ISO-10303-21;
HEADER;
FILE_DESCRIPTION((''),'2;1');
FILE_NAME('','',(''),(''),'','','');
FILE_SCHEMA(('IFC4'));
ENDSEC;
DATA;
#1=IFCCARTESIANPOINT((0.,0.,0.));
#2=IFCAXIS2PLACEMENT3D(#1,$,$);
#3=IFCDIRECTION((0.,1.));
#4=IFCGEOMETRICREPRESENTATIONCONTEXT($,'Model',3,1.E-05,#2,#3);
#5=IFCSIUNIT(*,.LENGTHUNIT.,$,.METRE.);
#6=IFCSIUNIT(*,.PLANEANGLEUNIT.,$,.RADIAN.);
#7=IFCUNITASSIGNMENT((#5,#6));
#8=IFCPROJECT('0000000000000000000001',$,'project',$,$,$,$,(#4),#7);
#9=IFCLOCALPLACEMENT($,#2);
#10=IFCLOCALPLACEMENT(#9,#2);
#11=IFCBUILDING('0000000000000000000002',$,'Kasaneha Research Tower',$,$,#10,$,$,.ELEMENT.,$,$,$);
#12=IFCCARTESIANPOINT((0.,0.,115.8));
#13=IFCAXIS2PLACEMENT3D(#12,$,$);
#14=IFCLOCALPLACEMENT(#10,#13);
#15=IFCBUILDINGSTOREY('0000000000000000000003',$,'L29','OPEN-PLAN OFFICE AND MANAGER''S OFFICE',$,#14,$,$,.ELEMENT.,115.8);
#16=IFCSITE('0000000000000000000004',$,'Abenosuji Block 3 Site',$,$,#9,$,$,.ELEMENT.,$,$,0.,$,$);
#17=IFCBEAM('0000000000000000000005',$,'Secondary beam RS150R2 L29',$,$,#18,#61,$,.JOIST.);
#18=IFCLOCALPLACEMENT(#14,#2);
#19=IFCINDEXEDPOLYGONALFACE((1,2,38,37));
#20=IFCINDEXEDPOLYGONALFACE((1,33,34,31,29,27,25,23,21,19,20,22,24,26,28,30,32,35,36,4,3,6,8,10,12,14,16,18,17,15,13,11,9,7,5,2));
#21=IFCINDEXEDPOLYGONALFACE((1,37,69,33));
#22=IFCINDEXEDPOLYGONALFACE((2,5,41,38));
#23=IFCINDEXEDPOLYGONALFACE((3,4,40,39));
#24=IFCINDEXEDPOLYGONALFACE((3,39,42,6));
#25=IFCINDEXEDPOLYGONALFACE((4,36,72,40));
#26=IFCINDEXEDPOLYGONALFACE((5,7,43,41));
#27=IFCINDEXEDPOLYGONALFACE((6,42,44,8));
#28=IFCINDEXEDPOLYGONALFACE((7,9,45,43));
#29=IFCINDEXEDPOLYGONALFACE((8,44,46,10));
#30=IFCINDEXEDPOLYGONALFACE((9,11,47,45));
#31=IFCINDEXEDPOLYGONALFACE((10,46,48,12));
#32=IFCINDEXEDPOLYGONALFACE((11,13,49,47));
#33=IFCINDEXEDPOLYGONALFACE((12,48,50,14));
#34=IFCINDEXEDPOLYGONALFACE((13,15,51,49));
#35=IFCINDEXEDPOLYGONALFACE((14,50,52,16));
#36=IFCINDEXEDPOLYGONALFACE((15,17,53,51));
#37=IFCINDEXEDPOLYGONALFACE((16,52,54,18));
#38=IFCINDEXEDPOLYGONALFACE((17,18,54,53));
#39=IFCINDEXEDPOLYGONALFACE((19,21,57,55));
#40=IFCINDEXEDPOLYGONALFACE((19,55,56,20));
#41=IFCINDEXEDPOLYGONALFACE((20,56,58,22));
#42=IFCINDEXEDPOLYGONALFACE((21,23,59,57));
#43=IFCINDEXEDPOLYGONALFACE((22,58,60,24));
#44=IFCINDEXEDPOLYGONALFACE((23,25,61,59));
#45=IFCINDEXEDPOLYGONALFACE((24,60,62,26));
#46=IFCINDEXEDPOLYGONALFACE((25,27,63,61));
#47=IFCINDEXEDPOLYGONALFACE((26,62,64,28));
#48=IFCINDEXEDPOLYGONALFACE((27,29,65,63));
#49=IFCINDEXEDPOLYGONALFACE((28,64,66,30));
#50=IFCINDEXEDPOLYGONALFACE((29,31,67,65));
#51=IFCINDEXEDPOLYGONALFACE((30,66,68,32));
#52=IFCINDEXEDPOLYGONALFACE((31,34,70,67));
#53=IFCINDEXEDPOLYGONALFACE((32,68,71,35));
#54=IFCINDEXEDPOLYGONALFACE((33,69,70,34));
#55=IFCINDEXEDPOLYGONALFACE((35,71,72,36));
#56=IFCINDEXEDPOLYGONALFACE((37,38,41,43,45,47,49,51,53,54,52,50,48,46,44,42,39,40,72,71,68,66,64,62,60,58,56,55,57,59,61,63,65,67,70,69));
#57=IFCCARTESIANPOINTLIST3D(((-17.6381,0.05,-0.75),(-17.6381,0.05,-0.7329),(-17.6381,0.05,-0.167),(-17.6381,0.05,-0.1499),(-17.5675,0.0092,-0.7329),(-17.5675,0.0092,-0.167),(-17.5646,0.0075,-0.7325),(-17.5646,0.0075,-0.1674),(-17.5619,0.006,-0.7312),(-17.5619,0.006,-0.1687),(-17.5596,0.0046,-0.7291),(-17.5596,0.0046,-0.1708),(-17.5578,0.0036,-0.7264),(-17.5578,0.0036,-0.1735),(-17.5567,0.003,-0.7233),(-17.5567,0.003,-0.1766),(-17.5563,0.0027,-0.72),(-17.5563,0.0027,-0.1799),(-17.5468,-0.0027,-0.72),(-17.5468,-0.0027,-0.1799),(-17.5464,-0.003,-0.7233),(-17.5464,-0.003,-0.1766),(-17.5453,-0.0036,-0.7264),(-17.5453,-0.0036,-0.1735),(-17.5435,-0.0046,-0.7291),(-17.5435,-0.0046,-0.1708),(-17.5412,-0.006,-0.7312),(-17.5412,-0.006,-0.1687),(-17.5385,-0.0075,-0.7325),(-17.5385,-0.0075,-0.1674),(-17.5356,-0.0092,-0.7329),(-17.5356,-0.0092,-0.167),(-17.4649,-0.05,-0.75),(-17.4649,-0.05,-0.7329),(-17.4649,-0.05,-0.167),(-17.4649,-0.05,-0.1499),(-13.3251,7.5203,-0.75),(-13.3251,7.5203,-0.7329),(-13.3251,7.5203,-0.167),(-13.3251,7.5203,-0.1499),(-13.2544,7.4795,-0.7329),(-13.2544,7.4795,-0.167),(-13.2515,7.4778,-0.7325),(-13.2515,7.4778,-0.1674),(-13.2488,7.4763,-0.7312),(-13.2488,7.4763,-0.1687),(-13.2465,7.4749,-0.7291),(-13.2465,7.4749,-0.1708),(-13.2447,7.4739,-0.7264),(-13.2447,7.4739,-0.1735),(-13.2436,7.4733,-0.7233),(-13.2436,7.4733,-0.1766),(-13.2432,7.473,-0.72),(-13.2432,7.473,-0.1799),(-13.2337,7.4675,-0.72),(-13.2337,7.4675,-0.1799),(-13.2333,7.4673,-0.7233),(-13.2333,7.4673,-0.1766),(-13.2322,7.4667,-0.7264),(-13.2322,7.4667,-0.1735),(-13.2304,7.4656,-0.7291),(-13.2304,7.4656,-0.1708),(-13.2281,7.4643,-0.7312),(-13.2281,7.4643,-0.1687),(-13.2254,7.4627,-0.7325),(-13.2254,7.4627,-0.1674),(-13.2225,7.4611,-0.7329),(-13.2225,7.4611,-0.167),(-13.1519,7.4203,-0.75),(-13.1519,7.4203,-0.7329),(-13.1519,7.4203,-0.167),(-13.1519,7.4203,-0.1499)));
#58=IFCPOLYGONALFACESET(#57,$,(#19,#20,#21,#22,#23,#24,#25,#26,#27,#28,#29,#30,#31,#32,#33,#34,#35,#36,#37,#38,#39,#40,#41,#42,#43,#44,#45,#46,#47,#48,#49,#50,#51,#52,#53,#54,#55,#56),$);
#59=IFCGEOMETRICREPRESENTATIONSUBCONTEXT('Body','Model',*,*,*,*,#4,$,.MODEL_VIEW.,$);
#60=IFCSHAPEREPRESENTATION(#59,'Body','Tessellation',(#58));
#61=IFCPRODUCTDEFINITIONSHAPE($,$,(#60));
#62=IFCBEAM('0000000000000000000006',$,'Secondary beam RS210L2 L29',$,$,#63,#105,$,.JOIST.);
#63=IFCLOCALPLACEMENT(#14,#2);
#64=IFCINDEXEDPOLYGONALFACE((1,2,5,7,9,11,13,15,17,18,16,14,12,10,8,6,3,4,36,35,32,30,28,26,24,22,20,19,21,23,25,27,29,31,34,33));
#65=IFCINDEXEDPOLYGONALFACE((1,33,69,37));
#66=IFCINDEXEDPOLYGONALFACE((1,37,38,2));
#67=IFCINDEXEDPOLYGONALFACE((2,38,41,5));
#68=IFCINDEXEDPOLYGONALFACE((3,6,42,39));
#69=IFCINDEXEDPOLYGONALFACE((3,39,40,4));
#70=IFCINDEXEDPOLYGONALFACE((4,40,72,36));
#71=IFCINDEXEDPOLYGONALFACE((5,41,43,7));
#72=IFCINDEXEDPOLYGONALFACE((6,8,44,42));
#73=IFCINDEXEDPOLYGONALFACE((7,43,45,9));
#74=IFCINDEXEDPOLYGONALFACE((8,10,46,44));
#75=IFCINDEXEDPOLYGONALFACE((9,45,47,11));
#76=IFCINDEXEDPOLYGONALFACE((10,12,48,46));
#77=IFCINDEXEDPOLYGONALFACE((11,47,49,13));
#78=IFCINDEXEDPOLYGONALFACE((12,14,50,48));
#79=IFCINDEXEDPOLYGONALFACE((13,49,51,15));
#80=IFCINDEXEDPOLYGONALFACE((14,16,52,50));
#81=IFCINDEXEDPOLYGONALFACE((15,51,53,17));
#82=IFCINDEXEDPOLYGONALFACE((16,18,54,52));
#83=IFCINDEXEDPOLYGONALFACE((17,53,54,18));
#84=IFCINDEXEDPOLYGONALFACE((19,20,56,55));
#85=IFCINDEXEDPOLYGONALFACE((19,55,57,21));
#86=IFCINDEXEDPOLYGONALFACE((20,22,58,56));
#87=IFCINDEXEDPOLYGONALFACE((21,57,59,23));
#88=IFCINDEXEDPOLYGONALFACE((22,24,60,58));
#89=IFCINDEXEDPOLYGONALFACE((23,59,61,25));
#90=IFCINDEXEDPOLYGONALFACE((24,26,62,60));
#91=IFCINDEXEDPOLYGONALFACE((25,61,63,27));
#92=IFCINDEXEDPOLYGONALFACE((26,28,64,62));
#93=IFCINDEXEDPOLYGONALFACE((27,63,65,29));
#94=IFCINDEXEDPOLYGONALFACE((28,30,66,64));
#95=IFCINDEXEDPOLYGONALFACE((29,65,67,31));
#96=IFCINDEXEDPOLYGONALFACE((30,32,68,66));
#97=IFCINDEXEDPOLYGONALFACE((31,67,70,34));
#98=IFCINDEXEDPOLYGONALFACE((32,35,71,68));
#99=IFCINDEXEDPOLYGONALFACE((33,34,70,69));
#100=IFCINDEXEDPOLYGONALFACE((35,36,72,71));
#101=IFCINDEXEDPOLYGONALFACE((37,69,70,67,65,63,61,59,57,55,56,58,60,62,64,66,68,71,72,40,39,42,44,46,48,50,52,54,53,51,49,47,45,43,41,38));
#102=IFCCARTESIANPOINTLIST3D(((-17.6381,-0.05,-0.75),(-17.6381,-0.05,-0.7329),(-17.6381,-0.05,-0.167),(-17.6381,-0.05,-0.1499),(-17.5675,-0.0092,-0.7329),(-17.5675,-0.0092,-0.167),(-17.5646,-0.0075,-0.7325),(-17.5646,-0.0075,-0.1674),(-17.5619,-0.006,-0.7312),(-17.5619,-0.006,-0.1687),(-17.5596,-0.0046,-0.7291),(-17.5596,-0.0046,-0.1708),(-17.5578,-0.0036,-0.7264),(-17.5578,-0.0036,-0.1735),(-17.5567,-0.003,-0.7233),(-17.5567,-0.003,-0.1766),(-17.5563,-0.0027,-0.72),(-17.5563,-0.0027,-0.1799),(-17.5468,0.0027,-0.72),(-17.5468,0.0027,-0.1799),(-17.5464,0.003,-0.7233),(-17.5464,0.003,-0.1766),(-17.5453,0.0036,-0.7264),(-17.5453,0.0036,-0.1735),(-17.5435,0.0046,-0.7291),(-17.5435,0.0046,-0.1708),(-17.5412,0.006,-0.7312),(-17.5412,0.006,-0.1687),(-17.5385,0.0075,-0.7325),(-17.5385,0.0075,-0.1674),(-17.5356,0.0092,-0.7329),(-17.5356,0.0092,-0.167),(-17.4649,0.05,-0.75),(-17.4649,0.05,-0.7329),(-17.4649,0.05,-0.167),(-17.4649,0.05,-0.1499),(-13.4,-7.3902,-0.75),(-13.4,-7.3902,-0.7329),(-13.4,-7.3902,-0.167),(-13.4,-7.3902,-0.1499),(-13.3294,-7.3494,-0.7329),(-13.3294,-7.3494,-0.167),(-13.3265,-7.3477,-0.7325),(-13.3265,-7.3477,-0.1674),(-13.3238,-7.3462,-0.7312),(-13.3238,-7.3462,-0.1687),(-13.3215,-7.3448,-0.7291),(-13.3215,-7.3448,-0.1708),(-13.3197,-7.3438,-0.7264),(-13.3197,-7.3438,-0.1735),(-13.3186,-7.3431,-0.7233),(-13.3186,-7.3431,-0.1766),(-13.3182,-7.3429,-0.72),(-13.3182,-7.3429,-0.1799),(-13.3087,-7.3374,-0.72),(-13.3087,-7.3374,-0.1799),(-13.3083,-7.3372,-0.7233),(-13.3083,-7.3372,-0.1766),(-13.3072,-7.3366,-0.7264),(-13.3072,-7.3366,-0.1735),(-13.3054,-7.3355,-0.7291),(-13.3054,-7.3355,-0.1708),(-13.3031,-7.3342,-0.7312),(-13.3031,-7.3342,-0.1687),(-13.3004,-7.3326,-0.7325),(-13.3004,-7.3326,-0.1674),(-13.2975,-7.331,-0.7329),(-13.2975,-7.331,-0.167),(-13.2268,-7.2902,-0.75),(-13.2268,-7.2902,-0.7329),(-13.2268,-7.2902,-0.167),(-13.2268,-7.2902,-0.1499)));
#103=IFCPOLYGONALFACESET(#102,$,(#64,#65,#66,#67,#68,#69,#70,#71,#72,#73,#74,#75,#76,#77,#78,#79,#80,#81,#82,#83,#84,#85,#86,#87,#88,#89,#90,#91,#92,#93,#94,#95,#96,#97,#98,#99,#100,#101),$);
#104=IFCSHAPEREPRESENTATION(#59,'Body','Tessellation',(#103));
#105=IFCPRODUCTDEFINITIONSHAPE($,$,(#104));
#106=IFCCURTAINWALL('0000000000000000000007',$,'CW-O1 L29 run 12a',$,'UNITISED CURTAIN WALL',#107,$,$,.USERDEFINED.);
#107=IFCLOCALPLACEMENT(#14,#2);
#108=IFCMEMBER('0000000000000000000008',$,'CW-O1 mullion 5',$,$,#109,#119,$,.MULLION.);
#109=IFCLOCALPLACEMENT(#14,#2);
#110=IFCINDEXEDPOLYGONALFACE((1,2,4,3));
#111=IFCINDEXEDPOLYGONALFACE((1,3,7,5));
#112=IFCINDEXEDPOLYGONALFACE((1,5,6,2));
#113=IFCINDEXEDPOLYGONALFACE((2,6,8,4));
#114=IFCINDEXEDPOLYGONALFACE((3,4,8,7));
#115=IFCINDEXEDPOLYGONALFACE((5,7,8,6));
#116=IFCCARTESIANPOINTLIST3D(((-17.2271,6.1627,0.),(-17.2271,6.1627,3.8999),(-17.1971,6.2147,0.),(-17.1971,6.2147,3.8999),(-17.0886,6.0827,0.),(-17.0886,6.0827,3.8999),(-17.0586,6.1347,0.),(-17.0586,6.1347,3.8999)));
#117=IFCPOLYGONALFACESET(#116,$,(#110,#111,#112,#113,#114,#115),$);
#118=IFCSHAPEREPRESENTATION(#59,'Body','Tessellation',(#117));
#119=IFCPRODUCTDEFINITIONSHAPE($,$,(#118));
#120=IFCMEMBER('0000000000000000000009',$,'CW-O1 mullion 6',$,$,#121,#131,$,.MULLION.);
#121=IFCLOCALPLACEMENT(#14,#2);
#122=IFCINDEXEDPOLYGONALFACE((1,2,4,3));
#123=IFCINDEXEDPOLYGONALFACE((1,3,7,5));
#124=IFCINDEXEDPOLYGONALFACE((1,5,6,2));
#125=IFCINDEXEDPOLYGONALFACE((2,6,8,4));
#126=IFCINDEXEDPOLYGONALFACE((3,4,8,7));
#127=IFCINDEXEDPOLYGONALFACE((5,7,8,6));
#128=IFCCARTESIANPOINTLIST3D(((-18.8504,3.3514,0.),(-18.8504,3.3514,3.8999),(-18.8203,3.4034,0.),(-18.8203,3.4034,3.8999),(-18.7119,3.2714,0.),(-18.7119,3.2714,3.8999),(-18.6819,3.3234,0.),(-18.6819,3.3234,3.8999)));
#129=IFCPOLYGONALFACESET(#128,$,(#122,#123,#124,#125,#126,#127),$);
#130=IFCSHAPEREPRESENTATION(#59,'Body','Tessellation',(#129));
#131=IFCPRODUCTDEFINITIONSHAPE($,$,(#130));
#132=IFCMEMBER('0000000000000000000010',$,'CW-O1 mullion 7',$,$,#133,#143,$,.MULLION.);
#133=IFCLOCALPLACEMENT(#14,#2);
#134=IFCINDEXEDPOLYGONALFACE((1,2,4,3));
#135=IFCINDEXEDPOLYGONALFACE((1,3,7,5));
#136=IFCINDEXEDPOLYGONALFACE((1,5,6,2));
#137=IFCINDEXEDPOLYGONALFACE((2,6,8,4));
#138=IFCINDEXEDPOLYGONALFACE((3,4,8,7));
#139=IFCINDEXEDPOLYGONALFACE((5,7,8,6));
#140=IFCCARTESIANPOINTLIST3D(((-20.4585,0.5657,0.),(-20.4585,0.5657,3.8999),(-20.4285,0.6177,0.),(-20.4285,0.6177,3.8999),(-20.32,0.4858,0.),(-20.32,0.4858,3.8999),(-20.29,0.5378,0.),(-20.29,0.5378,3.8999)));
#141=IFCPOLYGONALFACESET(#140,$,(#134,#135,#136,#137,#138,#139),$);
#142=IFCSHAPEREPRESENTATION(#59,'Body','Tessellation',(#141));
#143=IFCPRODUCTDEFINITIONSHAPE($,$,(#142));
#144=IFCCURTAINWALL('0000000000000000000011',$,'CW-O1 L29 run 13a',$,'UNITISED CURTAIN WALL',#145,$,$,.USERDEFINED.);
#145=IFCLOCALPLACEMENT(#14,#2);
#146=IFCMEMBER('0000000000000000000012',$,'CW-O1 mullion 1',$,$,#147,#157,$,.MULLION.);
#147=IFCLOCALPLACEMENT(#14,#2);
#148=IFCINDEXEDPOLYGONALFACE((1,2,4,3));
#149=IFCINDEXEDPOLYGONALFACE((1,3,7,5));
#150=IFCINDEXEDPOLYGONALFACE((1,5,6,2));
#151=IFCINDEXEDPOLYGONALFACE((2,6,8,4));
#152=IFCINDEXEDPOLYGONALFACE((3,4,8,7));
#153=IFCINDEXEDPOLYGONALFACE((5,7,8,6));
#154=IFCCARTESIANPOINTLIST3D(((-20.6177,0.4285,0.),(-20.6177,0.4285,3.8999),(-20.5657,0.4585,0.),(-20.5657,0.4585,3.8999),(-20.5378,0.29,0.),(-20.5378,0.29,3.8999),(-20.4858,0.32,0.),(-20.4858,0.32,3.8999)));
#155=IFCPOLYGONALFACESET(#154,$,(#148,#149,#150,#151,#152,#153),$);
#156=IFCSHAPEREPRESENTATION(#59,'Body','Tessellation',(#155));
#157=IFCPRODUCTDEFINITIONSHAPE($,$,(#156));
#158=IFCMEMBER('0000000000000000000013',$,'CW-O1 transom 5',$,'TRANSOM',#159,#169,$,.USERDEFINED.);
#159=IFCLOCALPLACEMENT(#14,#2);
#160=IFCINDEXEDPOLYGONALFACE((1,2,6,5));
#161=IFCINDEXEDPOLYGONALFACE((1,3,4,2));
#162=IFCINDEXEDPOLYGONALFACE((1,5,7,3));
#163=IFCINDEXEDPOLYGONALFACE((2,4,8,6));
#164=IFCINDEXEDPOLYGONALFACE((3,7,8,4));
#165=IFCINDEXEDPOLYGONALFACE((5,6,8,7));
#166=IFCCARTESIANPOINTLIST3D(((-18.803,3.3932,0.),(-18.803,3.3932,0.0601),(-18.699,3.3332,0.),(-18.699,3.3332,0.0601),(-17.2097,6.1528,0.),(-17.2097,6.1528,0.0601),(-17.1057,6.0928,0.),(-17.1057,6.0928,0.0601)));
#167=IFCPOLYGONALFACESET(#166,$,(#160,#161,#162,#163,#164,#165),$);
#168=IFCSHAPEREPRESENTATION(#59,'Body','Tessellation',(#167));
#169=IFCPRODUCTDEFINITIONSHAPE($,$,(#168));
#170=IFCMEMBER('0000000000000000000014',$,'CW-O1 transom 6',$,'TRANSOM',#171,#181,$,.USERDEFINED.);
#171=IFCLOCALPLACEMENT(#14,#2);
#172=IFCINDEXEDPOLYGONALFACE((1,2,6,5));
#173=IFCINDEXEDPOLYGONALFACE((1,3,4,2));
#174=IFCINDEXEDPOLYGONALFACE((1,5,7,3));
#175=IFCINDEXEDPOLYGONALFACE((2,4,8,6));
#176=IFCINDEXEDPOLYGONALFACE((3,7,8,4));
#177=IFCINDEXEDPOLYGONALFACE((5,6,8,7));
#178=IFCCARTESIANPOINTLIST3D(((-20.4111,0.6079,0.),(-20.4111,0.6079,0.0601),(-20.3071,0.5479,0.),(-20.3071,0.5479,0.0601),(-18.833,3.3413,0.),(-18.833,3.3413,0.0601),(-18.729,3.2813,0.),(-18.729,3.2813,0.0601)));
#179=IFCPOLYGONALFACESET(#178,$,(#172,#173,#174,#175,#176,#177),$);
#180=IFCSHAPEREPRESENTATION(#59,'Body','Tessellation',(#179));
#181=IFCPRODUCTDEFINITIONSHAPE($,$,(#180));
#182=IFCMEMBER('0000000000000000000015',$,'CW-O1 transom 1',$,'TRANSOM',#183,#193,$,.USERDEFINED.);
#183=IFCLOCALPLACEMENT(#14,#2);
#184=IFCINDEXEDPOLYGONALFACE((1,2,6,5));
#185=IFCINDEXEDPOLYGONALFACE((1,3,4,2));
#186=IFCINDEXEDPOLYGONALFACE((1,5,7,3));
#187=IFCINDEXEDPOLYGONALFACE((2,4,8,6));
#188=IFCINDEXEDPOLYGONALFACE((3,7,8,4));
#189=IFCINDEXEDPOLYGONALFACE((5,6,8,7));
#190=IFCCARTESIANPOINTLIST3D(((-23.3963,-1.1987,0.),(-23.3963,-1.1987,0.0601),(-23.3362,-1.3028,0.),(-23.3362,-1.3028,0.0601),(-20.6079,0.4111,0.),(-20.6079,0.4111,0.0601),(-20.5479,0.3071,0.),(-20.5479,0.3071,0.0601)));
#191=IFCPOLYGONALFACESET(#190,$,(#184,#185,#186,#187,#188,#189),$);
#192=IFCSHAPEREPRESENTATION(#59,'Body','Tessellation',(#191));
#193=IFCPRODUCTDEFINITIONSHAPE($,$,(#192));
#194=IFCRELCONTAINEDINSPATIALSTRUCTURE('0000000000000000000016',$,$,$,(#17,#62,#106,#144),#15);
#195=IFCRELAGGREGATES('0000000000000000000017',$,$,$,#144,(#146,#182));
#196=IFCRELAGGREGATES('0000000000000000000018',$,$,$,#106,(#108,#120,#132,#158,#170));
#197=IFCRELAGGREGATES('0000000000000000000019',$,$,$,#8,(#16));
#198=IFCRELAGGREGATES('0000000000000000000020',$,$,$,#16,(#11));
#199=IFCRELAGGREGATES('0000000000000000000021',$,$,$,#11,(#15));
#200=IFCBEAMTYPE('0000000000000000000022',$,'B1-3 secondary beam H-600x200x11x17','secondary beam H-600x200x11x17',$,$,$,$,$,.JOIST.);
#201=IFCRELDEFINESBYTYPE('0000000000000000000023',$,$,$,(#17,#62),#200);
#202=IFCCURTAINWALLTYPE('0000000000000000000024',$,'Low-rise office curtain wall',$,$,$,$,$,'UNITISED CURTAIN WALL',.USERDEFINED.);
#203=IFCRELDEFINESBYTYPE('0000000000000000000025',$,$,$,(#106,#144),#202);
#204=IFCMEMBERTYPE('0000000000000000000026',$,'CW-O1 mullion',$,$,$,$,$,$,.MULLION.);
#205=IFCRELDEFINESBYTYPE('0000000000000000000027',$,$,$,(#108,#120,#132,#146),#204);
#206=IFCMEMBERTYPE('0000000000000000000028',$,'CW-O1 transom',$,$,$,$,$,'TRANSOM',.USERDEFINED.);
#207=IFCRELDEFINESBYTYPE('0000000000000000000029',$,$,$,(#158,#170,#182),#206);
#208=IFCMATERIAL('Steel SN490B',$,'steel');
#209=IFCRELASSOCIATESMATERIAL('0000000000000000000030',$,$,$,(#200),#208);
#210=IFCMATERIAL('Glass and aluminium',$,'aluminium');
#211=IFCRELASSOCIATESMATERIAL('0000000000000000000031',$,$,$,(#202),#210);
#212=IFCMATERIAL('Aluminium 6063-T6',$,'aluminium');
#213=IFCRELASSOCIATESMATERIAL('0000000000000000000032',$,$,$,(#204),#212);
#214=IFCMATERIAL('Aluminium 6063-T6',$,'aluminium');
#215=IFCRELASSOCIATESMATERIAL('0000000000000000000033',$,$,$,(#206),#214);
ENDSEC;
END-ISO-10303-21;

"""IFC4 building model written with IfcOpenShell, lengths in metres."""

from ifc_helpers import new_model, si_unit, direction, frame, origin, origin_2d, place, context, subcontext, project, spatial, rectangle, i_section, extrude, material, material_profile, profile_set, type_object, element, aggregate, save


model = new_model("IFC4")

# Units and contexts
model_context = context("Model", 3, precision=1e-05, world=origin(), true_north=direction((0.0, 1.0)))
body_context = subcontext(model_context, "Body", "Model", "MODEL_VIEW")
ifc_project = project(units=[si_unit("LENGTHUNIT", "METRE"), si_unit("PLANEANGLEUNIT", "RADIAN")], contexts=[model_context])

# Site, building, storey
site_placement = place(None, origin())
site = spatial("IfcSite", under=ifc_project, at=site_placement, Name="Abenosuji Block 3 Site", CompositionType="ELEMENT", RefElevation=0.0)
building_placement = place(site_placement, origin())
building = spatial("IfcBuilding", under=site, at=building_placement, Name="Kasaneha Research Tower", CompositionType="ELEMENT")
storey_placement = place(building_placement, frame((0.0, 0.0, 115.8)))
storey = spatial("IfcBuildingStorey", under=building, at=storey_placement, Name="L29", Description="OPEN-PLAN OFFICE AND MANAGER'S OFFICE", CompositionType="ELEMENT", Elevation=115.8)

# Beams
ifc_material_1 = material(Name="Steel SN490B", Category="steel")
ifc_material_profile_1 = material_profile(ifc_material_1, i_section(OverallWidth=0.2, OverallDepth=0.6001, WebThickness=0.011, FlangeThickness=0.0171, FilletRadius=0.0129, at=origin_2d()), Name="H-600x200x11x17")
ifc_profile_set_1 = profile_set([ifc_material_profile_1], Name="Steel SN490B")
beam_type_1 = type_object("IfcBeamType", Name="B1-3 secondary beam H-600x200x11x17", Description="secondary beam H-600x200x11x17", PredefinedType="JOIST", material=ifc_profile_set_1)
beam_1_placement = place(storey_placement, frame((-17.5515, 0.0, -0.45), z_axis=(0.500005, 0.866023, 0.0), x_axis=(-0.866023, 0.500005, 0.0)))
element("IfcBeam", 1, at=beam_1_placement, inside=storey, type_object=beam_type_1, Name="Secondary beam RS150R2 L29", PredefinedType="JOIST", context=body_context, shape_type="SweptSolid", body=[
    extrude(i_section(OverallWidth=0.2, OverallDepth=0.6001, WebThickness=0.011, FlangeThickness=0.0171, FilletRadius=0.0129, at=origin_2d()), origin(), (0.0, 0.0, 1.0), 8.626),
])
beam_2_placement = place(storey_placement, frame((-17.5515, 0.0, -0.45), z_axis=(0.500021, -0.866013, 0.0), x_axis=(0.866013, 0.500021, 0.0)))
element("IfcBeam", 2, at=beam_2_placement, inside=storey, type_object=beam_type_1, Name="Secondary beam RS210L2 L29", PredefinedType="JOIST", context=body_context, shape_type="SweptSolid", body=[
    extrude(i_section(OverallWidth=0.2, OverallDepth=0.6001, WebThickness=0.011, FlangeThickness=0.0171, FilletRadius=0.0129, at=origin_2d()), origin(), (0.0, 0.0, 1.0), 8.4758),
])

# Curtain wall, members
ifc_material_2 = material(Name="Glass and aluminium", Category="aluminium")
curtain_wall_type = type_object("IfcCurtainWallType", Name="Low-rise office curtain wall", ElementType="UNITISED CURTAIN WALL", PredefinedType="USERDEFINED", material=ifc_material_2)
curtain_wall_1_placement = place(storey_placement, origin())
curtain_wall_1 = element("IfcCurtainWall", 3, at=curtain_wall_1_placement, inside=storey, type_object=curtain_wall_type, Name="CW-O1 L29 run 12a", ObjectType="UNITISED CURTAIN WALL", PredefinedType="USERDEFINED")
ifc_material_3 = material(Name="Aluminium 6063-T6", Category="aluminium")
ifc_material_profile_2 = material_profile(ifc_material_3, rectangle(XDim=0.0601, YDim=0.1599, at=origin_2d()), Name="CW-O1 mullion 60x160")
ifc_profile_set_2 = profile_set([ifc_material_profile_2], Name="Aluminium 6063-T6")
member_type_1 = type_object("IfcMemberType", Name="CW-O1 mullion", PredefinedType="MULLION", material=ifc_profile_set_2)
member_1_placement = place(storey_placement, frame((-17.1428, 6.1487, 0.0), z_axis=(0.0, 0.0, 1.0), x_axis=(-0.5, -0.866025, 0.0)))
member_1 = element("IfcMember", 4, at=member_1_placement, type_object=member_type_1, Name="CW-O1 mullion 5", PredefinedType="MULLION", context=body_context, shape_type="SweptSolid", body=[
    extrude(rectangle(XDim=0.0601, YDim=0.1599, at=origin_2d()), origin(), (0.0, 0.0, 1.0), 3.8999),
])
member_2_placement = place(storey_placement, frame((-18.7661, 3.3374, 0.0), z_axis=(0.0, 0.0, 1.0), x_axis=(-0.5, -0.866025, 0.0)))
member_2 = element("IfcMember", 5, at=member_2_placement, type_object=member_type_1, Name="CW-O1 mullion 6", PredefinedType="MULLION", context=body_context, shape_type="SweptSolid", body=[
    extrude(rectangle(XDim=0.0601, YDim=0.1599, at=origin_2d()), origin(), (0.0, 0.0, 1.0), 3.8999),
])
member_3_placement = place(storey_placement, frame((-20.3743, 0.5518, 0.0), z_axis=(0.0, 0.0, 1.0), x_axis=(-0.5, -0.866025, 0.0)))
member_3 = element("IfcMember", 6, at=member_3_placement, type_object=member_type_1, Name="CW-O1 mullion 7", PredefinedType="MULLION", context=body_context, shape_type="SweptSolid", body=[
    extrude(rectangle(XDim=0.0601, YDim=0.1599, at=origin_2d()), origin(), (0.0, 0.0, 1.0), 3.8999),
])

# Curtain wall, member
curtain_wall_2_placement = place(storey_placement, origin())
curtain_wall_2 = element("IfcCurtainWall", 7, at=curtain_wall_2_placement, inside=storey, type_object=curtain_wall_type, Name="CW-O1 L29 run 13a", ObjectType="UNITISED CURTAIN WALL", PredefinedType="USERDEFINED")
member_4_placement = place(storey_placement, frame((-20.5518, 0.3743, 0.0), z_axis=(0.0, 0.0, 1.0), x_axis=(-0.866025, -0.5, 0.0)))
member_4 = element("IfcMember", 8, at=member_4_placement, type_object=member_type_1, Name="CW-O1 mullion 1", PredefinedType="MULLION", context=body_context, shape_type="SweptSolid", body=[
    extrude(rectangle(XDim=0.0601, YDim=0.1599, at=origin_2d()), origin(), (0.0, 0.0, 1.0), 3.8999),
])

# Members
ifc_material_4 = material(Name="Aluminium 6063-T6", Category="aluminium")
ifc_material_profile_3 = material_profile(ifc_material_4, rectangle(XDim=0.1201, YDim=0.0601, at=origin_2d()), Name="CW-O1 transom 120x60")
ifc_profile_set_3 = profile_set([ifc_material_profile_3], Name="Aluminium 6063-T6")
member_type_2 = type_object("IfcMemberType", Name="CW-O1 transom", ElementType="TRANSOM", PredefinedType="USERDEFINED", material=ifc_profile_set_3)
member_5_placement = place(storey_placement, frame((-17.1577, 6.1228, 0.03), z_axis=(-0.500012, -0.866018, 0.0), x_axis=(0.866018, -0.500012, 0.0)))
member_5 = element("IfcMember", 9, at=member_5_placement, type_object=member_type_2, Name="CW-O1 transom 5", ObjectType="TRANSOM", PredefinedType="USERDEFINED", context=body_context, shape_type="SweptSolid", body=[
    extrude(rectangle(XDim=0.1201, YDim=0.0601, at=origin_2d()), origin(), (0.0, 0.0, 1.0), 3.1865),
])
member_6_placement = place(storey_placement, frame((-18.781, 3.3113, 0.03), z_axis=(-0.499999, -0.866026, 0.0), x_axis=(0.866026, -0.499999, 0.0)))
member_6 = element("IfcMember", 10, at=member_6_placement, type_object=member_type_2, Name="CW-O1 transom 6", ObjectType="TRANSOM", PredefinedType="USERDEFINED", context=body_context, shape_type="SweptSolid", body=[
    extrude(rectangle(XDim=0.1201, YDim=0.0601, at=origin_2d()), origin(), (0.0, 0.0, 1.0), 3.1562),
])
member_7_placement = place(storey_placement, frame((-20.5779, 0.3591, 0.03), z_axis=(-0.866023, -0.500005, 0.0), x_axis=(0.500005, -0.866023, 0.0)))
member_7 = element("IfcMember", 11, at=member_7_placement, type_object=member_type_2, Name="CW-O1 transom 1", ObjectType="TRANSOM", PredefinedType="USERDEFINED", context=body_context, shape_type="SweptSolid", body=[
    extrude(rectangle(XDim=0.1201, YDim=0.0601, at=origin_2d()), origin(), (0.0, 0.0, 1.0), 3.2197),
])
aggregate(curtain_wall_2, [member_4, member_7])

aggregate(curtain_wall_1, [member_1, member_2, member_3, member_5, member_6])

save(model, "model.ifc")
